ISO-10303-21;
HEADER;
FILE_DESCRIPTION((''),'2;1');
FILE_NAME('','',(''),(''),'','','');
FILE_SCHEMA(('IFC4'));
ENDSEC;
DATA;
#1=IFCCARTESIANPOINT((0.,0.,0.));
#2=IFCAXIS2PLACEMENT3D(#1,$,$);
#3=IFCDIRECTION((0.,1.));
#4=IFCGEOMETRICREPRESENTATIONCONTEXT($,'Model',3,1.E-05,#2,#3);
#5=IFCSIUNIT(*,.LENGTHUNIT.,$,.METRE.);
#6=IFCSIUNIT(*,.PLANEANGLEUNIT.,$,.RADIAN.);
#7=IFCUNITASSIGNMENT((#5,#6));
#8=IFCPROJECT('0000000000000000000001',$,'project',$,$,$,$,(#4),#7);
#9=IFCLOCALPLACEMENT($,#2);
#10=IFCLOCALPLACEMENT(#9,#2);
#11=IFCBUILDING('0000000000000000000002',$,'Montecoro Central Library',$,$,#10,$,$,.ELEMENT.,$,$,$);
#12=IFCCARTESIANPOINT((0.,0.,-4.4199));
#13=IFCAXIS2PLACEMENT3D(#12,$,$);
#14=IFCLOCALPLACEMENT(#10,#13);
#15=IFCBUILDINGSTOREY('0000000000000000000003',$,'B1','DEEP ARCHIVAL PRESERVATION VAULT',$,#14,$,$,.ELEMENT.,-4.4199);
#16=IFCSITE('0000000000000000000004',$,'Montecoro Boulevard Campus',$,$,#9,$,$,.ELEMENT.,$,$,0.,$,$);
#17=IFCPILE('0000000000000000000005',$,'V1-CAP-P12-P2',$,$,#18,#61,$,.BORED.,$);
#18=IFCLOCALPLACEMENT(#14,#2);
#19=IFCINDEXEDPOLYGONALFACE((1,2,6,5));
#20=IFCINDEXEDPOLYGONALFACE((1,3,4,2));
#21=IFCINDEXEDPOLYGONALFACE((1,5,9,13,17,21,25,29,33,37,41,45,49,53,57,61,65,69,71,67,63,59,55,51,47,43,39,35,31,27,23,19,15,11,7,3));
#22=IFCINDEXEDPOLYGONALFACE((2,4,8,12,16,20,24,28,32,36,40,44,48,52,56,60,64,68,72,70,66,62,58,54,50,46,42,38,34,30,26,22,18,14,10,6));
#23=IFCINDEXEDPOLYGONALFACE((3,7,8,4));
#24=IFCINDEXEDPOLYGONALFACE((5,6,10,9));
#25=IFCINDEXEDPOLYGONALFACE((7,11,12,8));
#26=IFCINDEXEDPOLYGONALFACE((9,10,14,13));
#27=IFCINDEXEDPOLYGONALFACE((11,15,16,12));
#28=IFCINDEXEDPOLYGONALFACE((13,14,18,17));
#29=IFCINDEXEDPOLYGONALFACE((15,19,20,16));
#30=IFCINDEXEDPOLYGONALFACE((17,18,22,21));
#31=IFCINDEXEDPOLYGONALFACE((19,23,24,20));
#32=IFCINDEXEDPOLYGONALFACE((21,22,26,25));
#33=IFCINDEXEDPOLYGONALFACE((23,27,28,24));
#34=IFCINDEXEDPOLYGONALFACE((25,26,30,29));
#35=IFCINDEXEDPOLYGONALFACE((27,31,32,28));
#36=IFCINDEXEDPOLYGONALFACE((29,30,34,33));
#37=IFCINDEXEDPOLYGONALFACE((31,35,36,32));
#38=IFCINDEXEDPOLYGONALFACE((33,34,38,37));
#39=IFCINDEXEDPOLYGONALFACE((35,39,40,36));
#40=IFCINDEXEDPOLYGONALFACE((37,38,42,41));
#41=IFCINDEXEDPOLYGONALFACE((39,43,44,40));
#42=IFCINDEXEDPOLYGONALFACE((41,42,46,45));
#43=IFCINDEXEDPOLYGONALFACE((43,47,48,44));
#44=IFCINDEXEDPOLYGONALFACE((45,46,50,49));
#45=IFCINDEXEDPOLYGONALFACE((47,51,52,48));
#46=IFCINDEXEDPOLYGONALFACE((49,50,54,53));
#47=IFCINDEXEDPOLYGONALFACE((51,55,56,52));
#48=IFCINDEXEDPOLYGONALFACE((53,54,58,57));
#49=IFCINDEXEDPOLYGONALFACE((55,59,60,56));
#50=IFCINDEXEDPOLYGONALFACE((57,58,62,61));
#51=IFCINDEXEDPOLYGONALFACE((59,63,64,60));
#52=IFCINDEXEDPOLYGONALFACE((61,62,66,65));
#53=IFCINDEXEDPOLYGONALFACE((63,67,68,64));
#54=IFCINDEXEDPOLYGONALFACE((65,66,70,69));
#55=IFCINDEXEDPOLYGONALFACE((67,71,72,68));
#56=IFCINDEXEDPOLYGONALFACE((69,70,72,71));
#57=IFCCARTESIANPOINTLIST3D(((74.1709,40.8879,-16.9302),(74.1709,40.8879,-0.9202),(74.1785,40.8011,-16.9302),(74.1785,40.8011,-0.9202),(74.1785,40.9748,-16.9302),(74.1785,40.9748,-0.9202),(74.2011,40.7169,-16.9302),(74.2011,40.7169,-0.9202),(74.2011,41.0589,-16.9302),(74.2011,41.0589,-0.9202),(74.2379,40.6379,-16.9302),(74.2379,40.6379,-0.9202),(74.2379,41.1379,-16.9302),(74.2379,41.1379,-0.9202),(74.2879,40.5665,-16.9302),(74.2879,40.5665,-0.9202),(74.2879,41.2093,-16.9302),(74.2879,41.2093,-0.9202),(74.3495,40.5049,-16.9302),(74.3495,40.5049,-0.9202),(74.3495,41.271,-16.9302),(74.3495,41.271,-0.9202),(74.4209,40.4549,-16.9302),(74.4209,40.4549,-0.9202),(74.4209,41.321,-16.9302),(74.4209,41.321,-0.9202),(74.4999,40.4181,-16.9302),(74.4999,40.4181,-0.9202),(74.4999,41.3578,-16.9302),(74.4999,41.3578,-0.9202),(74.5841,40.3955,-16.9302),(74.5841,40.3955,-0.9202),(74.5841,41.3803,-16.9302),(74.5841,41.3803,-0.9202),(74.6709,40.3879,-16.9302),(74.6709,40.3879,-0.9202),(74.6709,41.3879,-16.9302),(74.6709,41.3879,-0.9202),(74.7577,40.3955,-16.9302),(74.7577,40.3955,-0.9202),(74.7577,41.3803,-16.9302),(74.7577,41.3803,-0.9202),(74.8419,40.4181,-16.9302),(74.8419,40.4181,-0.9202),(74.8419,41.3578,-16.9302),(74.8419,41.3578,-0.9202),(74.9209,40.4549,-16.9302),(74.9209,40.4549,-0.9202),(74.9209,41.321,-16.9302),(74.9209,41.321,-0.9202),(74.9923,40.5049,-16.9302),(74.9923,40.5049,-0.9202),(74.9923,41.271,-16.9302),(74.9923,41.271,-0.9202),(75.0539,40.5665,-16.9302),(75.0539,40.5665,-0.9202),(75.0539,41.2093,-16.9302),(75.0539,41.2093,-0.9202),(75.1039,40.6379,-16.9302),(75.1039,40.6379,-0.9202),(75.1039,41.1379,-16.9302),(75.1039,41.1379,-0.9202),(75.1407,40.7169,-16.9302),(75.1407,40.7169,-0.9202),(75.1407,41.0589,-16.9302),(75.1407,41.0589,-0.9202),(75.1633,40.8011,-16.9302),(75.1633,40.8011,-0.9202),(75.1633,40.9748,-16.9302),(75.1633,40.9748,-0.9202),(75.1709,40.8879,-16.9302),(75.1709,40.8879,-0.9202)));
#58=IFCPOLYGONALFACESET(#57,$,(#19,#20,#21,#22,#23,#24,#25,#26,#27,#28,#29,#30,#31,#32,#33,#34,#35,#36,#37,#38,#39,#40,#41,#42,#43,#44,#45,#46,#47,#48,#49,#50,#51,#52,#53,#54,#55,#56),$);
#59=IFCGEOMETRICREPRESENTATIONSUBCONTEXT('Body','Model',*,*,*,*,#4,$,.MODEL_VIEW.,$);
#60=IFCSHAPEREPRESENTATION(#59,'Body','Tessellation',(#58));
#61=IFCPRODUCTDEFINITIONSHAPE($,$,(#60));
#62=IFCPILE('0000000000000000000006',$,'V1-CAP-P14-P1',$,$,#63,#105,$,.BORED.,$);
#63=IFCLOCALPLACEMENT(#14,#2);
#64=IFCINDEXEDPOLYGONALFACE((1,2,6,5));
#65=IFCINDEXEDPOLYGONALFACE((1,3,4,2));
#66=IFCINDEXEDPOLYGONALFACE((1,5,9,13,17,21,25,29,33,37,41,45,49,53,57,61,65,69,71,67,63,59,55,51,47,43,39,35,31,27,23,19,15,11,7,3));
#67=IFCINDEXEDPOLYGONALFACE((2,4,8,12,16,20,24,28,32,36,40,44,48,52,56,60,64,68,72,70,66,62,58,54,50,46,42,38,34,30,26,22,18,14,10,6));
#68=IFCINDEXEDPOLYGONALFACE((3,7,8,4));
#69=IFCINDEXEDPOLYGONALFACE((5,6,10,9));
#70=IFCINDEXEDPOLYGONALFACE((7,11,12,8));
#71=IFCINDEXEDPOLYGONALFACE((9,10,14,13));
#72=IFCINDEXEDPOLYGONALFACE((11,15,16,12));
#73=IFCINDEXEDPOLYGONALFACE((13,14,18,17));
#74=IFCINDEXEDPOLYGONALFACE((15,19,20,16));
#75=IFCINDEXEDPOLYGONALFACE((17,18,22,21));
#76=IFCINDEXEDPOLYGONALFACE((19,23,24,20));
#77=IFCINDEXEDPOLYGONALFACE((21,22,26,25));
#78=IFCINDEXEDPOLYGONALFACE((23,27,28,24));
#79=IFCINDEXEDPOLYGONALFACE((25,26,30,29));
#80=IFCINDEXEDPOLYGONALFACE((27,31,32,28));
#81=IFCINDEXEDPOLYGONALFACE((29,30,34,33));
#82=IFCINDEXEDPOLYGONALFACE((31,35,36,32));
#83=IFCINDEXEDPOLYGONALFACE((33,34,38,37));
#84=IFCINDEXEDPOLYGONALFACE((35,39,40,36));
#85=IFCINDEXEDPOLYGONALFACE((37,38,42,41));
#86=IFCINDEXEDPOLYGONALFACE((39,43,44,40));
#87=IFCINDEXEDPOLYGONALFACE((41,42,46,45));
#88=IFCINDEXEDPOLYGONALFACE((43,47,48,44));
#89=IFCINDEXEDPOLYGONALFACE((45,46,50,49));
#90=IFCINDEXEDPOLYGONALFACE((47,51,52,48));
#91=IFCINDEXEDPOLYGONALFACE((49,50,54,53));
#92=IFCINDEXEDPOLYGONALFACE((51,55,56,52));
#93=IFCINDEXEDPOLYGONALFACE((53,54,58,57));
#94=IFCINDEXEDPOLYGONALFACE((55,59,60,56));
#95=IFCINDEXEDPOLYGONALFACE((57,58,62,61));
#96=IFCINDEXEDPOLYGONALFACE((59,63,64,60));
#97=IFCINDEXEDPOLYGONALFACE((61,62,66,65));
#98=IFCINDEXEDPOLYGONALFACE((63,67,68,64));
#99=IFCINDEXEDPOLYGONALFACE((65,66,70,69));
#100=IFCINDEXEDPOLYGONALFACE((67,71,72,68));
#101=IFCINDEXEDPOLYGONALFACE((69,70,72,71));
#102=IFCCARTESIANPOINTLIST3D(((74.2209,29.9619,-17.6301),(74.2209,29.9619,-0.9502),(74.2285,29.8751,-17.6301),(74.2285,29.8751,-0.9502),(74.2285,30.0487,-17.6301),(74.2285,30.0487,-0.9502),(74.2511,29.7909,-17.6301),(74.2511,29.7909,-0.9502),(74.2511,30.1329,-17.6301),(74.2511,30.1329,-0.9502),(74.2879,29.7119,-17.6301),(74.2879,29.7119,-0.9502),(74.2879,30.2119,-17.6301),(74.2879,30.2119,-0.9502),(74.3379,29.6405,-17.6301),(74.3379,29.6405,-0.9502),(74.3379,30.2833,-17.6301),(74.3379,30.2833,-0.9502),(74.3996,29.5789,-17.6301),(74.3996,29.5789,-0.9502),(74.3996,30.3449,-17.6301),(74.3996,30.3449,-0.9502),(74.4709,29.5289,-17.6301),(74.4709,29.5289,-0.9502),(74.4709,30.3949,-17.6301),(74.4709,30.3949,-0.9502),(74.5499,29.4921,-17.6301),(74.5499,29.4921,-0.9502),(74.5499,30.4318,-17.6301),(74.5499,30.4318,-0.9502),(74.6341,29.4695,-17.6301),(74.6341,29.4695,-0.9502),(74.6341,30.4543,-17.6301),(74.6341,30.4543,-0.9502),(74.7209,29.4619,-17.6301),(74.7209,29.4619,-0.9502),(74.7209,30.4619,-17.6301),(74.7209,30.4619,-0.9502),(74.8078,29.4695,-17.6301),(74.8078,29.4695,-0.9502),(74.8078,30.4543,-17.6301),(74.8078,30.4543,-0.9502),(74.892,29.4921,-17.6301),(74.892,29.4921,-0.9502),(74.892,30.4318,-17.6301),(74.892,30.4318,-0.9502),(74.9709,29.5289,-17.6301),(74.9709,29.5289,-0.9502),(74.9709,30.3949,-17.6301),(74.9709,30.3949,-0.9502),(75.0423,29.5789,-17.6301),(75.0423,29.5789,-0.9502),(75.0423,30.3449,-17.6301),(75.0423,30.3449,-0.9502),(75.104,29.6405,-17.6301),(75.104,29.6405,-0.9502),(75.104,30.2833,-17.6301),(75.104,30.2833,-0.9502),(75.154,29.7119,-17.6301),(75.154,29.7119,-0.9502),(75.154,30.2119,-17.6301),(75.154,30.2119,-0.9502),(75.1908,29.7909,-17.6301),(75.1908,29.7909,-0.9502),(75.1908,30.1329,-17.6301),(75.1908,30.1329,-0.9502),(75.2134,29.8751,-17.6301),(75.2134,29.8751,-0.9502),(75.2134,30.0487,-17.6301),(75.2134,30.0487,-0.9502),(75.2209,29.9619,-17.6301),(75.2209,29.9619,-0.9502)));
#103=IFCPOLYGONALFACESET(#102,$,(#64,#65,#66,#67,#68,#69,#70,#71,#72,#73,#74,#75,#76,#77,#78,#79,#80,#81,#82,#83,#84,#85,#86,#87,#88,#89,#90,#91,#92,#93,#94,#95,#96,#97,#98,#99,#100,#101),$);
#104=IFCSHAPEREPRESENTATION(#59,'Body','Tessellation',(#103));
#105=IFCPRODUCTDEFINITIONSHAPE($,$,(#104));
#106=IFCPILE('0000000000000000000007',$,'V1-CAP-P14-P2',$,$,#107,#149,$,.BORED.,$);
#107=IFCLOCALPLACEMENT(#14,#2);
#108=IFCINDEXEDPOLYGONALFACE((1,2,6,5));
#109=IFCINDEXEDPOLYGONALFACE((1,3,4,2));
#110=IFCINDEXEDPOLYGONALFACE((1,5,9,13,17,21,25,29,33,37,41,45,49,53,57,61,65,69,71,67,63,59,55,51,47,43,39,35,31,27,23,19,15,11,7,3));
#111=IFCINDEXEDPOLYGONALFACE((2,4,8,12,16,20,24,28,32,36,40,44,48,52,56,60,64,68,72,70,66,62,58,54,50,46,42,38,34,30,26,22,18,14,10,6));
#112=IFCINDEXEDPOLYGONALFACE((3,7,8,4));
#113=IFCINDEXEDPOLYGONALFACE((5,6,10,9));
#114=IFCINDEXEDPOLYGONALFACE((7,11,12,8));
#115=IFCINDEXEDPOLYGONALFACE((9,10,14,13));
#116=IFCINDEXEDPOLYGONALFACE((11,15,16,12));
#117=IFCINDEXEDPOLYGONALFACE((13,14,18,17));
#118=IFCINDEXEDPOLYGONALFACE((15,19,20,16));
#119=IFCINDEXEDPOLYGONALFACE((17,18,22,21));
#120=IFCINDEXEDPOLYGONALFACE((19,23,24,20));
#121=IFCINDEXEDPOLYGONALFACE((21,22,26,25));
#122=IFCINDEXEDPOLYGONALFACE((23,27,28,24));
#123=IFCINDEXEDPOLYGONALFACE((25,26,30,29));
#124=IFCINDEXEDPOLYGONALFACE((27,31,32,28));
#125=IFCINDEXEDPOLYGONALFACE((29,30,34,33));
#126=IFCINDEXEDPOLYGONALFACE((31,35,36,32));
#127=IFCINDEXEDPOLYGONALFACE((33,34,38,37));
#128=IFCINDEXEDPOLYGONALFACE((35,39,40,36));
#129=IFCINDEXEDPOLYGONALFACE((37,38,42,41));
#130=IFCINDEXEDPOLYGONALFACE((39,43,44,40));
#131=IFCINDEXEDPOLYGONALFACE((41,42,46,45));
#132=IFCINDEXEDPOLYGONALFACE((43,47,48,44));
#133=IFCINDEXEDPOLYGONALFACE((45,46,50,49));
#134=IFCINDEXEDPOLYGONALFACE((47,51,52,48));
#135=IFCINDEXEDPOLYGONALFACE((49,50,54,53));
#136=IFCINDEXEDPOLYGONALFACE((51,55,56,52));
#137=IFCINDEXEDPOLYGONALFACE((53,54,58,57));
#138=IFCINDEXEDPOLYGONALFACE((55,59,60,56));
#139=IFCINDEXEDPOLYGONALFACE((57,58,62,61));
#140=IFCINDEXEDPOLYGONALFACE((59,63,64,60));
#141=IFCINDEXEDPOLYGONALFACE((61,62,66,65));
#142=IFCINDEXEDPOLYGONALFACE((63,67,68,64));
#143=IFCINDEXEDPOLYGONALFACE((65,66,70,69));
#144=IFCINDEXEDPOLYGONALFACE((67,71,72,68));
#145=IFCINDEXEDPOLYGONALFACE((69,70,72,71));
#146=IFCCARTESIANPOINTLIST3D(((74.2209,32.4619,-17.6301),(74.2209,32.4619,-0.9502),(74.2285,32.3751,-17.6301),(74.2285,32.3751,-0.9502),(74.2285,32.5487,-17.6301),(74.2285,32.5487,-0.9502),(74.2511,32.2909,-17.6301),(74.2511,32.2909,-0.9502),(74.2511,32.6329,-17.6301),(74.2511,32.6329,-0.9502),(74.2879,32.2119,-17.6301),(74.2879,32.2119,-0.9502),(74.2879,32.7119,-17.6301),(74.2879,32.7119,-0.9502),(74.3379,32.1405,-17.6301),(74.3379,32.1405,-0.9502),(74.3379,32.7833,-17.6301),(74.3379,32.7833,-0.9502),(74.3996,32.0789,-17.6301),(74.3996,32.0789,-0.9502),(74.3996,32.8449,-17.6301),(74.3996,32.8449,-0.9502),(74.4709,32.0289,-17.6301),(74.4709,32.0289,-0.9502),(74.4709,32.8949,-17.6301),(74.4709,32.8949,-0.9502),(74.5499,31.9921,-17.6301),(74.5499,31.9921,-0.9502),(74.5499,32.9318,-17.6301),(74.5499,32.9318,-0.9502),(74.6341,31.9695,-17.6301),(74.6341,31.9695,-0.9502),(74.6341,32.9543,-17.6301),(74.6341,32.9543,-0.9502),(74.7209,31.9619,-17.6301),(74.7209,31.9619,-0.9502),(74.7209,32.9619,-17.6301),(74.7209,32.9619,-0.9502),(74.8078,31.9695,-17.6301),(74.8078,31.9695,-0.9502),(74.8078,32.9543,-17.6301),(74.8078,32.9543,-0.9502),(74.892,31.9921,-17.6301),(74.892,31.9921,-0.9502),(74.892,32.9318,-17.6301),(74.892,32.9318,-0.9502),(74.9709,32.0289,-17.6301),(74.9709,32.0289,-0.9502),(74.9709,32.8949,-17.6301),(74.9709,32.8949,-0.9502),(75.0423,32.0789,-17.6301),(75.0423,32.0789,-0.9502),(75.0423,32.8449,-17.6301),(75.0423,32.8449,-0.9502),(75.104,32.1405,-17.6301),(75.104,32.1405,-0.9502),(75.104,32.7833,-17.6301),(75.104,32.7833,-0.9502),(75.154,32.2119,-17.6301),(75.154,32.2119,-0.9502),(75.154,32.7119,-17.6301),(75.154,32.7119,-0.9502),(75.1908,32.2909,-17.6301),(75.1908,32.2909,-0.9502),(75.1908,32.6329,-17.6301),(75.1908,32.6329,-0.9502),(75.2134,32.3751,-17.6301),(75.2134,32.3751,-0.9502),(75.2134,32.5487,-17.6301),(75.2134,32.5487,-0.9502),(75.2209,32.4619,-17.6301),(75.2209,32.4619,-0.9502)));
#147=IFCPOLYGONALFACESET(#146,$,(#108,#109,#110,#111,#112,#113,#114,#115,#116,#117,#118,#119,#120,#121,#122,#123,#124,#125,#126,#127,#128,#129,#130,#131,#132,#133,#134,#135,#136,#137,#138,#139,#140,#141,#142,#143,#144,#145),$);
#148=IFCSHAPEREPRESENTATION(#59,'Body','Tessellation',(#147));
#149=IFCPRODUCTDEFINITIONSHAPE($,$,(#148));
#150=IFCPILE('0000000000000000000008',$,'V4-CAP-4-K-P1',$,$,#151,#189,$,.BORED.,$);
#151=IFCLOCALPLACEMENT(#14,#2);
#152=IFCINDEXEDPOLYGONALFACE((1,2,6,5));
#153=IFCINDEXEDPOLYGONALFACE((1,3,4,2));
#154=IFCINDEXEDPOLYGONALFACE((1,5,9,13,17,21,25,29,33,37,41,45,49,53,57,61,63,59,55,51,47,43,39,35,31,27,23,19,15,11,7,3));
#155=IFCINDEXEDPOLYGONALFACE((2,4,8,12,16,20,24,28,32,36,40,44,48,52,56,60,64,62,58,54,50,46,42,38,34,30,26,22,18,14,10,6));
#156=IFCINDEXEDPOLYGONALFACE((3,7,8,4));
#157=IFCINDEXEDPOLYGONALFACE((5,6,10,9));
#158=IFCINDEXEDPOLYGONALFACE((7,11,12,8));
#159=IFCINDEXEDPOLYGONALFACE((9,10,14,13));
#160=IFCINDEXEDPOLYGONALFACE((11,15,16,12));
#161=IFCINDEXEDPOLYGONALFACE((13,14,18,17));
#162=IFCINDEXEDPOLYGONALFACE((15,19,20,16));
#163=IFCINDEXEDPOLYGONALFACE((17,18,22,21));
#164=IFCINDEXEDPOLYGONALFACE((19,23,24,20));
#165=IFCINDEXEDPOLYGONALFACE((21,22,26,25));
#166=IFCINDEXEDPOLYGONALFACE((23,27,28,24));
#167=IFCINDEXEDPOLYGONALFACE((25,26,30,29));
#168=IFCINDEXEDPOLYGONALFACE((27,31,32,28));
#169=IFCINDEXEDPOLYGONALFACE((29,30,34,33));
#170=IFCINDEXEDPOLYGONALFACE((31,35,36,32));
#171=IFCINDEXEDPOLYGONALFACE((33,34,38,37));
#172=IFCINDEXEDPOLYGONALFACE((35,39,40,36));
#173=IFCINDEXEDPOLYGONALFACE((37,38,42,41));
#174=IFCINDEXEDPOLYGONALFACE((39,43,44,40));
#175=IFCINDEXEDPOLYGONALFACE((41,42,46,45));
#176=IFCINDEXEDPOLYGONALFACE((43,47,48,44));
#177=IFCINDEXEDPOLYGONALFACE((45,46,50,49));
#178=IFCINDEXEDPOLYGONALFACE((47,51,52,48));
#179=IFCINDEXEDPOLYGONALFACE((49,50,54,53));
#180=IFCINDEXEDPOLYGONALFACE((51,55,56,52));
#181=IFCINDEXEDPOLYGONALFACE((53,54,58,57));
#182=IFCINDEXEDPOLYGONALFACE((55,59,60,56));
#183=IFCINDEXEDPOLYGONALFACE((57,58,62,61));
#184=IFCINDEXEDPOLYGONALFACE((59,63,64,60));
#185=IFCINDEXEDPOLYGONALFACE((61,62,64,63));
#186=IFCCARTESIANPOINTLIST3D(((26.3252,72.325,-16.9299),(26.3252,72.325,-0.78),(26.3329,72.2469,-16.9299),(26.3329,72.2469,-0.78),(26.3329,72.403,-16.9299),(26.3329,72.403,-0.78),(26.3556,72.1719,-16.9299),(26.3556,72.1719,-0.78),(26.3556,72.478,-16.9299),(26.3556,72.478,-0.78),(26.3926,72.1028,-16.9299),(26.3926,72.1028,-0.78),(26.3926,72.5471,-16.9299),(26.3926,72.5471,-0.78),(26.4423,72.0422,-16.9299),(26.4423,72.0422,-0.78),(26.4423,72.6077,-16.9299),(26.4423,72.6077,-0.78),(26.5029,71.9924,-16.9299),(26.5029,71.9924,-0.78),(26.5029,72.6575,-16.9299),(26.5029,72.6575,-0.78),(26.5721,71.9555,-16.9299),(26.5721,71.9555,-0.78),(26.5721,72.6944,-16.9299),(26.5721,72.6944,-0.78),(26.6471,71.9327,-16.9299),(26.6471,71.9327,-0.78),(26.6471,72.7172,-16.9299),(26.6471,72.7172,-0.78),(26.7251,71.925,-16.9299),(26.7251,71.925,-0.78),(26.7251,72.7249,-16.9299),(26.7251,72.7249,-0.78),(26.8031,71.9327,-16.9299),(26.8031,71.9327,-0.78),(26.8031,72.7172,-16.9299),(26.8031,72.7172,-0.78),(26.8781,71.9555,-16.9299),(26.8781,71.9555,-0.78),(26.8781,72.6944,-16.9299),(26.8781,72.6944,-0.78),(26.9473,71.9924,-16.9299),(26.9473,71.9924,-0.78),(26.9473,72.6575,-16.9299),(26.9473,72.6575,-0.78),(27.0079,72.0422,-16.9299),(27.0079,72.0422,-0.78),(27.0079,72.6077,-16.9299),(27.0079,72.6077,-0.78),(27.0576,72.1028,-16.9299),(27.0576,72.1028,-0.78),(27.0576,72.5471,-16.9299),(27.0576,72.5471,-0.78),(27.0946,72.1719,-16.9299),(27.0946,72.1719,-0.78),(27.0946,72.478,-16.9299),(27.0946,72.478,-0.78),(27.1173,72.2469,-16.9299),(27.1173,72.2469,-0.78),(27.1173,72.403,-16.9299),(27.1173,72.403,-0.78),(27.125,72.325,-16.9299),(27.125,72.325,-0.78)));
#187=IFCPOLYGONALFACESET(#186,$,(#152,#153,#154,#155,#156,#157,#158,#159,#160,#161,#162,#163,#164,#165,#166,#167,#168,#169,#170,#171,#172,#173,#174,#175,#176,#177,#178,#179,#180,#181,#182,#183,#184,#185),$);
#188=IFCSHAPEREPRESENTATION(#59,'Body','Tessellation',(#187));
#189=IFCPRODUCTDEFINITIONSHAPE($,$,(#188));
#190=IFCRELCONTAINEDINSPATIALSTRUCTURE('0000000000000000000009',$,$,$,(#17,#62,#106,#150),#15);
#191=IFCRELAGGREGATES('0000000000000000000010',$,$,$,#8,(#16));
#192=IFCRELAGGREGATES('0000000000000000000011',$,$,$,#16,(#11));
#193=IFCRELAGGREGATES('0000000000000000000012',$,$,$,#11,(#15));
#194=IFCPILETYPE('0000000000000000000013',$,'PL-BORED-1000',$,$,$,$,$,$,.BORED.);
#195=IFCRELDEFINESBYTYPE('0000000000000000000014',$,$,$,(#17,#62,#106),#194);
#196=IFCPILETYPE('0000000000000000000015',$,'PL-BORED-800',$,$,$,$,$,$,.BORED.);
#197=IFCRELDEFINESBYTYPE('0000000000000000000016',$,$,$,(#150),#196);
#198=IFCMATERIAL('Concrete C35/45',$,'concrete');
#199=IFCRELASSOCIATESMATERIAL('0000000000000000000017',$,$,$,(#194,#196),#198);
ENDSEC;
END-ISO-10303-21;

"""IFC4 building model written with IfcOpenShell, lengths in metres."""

from ifc_helpers import new_model, si_unit, direction, frame, origin, origin_2d, place, context, subcontext, project, spatial, circle, extrude, material, material_profile, profile_set, type_object, element, save


model = new_model("IFC4")

# Units and contexts
model_context = context("Model", 3, precision=1e-05, world=origin(), true_north=direction((0.0, 1.0)))
body_context = subcontext(model_context, "Body", "Model", "MODEL_VIEW")
ifc_project = project(units=[si_unit("LENGTHUNIT", "METRE"), si_unit("PLANEANGLEUNIT", "RADIAN")], contexts=[model_context])

# Site, building, storey
site_placement = place(None, origin())
site = spatial("IfcSite", under=ifc_project, at=site_placement, Name="Montecoro Boulevard Campus", CompositionType="ELEMENT", RefElevation=0.0)
building_placement = place(site_placement, origin())
building = spatial("IfcBuilding", under=site, at=building_placement, Name="Montecoro Central Library", CompositionType="ELEMENT")
storey_placement = place(building_placement, frame((0.0, 0.0, -4.4199)))
storey = spatial("IfcBuildingStorey", under=building, at=storey_placement, Name="B1", Description="DEEP ARCHIVAL PRESERVATION VAULT", CompositionType="ELEMENT", Elevation=-4.4199)

# Shared definitions
ifc_material_1 = material(Name="Concrete C35/45", Category="concrete")

# Piles
ifc_material_profile_1 = material_profile(ifc_material_1, circle(Radius=0.5, at=origin_2d()), Name="PILE D1000")
ifc_profile_set_1 = profile_set([ifc_material_profile_1], Name="Concrete C35/45")
pile_type_1 = type_object("IfcPileType", Name="PL-BORED-1000", PredefinedType="BORED", material=ifc_profile_set_1)
for number, where, z_axis, x_axis, name in (
    (1, (74.6709, 40.8879, -0.9202), (0.0, 0.0, -1.0), (1.0, 0.0, 0.0), "V1-CAP-P12-P2"),
):
    element("IfcPile", number, at=place(storey_placement, frame(where, z_axis=z_axis, x_axis=x_axis)), inside=storey, type_object=pile_type_1, Name=name, PredefinedType="BORED", context=body_context, shape_type="SweptSolid", body=[
        extrude(circle(Radius=0.5, at=origin_2d()), origin(), (0.0, 0.0, 1.0), 16.01),
    ])
for number, where, z_axis, x_axis, name in (
    (2, (74.7209, 29.9619, -0.9502), (0.0, 0.0, -1.0), (1.0, 0.0, 0.0), "V1-CAP-P14-P1"),
    (3, (74.7209, 32.4619, -0.9502), (0.0, 0.0, -1.0), (1.0, 0.0, 0.0), "V1-CAP-P14-P2"),
):
    element("IfcPile", number, at=place(storey_placement, frame(where, z_axis=z_axis, x_axis=x_axis)), inside=storey, type_object=pile_type_1, Name=name, PredefinedType="BORED", context=body_context, shape_type="SweptSolid", body=[
        extrude(circle(Radius=0.5, at=origin_2d()), origin(), (0.0, 0.0, 1.0), 16.6799),
    ])
ifc_material_profile_2 = material_profile(ifc_material_1, circle(Radius=0.3999, at=origin_2d()), Name="PILE D800")
ifc_profile_set_2 = profile_set([ifc_material_profile_2], Name="Concrete C35/45")
pile_type_2 = type_object("IfcPileType", Name="PL-BORED-800", PredefinedType="BORED", material=ifc_profile_set_2)
for number, where, z_axis, x_axis, name in (
    (4, (26.7251, 72.325, -0.78), (0.0, 0.0, -1.0), (1.0, 0.0, 0.0), "V4-CAP-4-K-P1"),
):
    element("IfcPile", number, at=place(storey_placement, frame(where, z_axis=z_axis, x_axis=x_axis)), inside=storey, type_object=pile_type_2, Name=name, PredefinedType="BORED", context=body_context, shape_type="SweptSolid", body=[
        extrude(circle(Radius=0.3999, at=origin_2d()), origin(), (0.0, 0.0, 1.0), 16.1499),
    ])

save(model, "model.ifc")
